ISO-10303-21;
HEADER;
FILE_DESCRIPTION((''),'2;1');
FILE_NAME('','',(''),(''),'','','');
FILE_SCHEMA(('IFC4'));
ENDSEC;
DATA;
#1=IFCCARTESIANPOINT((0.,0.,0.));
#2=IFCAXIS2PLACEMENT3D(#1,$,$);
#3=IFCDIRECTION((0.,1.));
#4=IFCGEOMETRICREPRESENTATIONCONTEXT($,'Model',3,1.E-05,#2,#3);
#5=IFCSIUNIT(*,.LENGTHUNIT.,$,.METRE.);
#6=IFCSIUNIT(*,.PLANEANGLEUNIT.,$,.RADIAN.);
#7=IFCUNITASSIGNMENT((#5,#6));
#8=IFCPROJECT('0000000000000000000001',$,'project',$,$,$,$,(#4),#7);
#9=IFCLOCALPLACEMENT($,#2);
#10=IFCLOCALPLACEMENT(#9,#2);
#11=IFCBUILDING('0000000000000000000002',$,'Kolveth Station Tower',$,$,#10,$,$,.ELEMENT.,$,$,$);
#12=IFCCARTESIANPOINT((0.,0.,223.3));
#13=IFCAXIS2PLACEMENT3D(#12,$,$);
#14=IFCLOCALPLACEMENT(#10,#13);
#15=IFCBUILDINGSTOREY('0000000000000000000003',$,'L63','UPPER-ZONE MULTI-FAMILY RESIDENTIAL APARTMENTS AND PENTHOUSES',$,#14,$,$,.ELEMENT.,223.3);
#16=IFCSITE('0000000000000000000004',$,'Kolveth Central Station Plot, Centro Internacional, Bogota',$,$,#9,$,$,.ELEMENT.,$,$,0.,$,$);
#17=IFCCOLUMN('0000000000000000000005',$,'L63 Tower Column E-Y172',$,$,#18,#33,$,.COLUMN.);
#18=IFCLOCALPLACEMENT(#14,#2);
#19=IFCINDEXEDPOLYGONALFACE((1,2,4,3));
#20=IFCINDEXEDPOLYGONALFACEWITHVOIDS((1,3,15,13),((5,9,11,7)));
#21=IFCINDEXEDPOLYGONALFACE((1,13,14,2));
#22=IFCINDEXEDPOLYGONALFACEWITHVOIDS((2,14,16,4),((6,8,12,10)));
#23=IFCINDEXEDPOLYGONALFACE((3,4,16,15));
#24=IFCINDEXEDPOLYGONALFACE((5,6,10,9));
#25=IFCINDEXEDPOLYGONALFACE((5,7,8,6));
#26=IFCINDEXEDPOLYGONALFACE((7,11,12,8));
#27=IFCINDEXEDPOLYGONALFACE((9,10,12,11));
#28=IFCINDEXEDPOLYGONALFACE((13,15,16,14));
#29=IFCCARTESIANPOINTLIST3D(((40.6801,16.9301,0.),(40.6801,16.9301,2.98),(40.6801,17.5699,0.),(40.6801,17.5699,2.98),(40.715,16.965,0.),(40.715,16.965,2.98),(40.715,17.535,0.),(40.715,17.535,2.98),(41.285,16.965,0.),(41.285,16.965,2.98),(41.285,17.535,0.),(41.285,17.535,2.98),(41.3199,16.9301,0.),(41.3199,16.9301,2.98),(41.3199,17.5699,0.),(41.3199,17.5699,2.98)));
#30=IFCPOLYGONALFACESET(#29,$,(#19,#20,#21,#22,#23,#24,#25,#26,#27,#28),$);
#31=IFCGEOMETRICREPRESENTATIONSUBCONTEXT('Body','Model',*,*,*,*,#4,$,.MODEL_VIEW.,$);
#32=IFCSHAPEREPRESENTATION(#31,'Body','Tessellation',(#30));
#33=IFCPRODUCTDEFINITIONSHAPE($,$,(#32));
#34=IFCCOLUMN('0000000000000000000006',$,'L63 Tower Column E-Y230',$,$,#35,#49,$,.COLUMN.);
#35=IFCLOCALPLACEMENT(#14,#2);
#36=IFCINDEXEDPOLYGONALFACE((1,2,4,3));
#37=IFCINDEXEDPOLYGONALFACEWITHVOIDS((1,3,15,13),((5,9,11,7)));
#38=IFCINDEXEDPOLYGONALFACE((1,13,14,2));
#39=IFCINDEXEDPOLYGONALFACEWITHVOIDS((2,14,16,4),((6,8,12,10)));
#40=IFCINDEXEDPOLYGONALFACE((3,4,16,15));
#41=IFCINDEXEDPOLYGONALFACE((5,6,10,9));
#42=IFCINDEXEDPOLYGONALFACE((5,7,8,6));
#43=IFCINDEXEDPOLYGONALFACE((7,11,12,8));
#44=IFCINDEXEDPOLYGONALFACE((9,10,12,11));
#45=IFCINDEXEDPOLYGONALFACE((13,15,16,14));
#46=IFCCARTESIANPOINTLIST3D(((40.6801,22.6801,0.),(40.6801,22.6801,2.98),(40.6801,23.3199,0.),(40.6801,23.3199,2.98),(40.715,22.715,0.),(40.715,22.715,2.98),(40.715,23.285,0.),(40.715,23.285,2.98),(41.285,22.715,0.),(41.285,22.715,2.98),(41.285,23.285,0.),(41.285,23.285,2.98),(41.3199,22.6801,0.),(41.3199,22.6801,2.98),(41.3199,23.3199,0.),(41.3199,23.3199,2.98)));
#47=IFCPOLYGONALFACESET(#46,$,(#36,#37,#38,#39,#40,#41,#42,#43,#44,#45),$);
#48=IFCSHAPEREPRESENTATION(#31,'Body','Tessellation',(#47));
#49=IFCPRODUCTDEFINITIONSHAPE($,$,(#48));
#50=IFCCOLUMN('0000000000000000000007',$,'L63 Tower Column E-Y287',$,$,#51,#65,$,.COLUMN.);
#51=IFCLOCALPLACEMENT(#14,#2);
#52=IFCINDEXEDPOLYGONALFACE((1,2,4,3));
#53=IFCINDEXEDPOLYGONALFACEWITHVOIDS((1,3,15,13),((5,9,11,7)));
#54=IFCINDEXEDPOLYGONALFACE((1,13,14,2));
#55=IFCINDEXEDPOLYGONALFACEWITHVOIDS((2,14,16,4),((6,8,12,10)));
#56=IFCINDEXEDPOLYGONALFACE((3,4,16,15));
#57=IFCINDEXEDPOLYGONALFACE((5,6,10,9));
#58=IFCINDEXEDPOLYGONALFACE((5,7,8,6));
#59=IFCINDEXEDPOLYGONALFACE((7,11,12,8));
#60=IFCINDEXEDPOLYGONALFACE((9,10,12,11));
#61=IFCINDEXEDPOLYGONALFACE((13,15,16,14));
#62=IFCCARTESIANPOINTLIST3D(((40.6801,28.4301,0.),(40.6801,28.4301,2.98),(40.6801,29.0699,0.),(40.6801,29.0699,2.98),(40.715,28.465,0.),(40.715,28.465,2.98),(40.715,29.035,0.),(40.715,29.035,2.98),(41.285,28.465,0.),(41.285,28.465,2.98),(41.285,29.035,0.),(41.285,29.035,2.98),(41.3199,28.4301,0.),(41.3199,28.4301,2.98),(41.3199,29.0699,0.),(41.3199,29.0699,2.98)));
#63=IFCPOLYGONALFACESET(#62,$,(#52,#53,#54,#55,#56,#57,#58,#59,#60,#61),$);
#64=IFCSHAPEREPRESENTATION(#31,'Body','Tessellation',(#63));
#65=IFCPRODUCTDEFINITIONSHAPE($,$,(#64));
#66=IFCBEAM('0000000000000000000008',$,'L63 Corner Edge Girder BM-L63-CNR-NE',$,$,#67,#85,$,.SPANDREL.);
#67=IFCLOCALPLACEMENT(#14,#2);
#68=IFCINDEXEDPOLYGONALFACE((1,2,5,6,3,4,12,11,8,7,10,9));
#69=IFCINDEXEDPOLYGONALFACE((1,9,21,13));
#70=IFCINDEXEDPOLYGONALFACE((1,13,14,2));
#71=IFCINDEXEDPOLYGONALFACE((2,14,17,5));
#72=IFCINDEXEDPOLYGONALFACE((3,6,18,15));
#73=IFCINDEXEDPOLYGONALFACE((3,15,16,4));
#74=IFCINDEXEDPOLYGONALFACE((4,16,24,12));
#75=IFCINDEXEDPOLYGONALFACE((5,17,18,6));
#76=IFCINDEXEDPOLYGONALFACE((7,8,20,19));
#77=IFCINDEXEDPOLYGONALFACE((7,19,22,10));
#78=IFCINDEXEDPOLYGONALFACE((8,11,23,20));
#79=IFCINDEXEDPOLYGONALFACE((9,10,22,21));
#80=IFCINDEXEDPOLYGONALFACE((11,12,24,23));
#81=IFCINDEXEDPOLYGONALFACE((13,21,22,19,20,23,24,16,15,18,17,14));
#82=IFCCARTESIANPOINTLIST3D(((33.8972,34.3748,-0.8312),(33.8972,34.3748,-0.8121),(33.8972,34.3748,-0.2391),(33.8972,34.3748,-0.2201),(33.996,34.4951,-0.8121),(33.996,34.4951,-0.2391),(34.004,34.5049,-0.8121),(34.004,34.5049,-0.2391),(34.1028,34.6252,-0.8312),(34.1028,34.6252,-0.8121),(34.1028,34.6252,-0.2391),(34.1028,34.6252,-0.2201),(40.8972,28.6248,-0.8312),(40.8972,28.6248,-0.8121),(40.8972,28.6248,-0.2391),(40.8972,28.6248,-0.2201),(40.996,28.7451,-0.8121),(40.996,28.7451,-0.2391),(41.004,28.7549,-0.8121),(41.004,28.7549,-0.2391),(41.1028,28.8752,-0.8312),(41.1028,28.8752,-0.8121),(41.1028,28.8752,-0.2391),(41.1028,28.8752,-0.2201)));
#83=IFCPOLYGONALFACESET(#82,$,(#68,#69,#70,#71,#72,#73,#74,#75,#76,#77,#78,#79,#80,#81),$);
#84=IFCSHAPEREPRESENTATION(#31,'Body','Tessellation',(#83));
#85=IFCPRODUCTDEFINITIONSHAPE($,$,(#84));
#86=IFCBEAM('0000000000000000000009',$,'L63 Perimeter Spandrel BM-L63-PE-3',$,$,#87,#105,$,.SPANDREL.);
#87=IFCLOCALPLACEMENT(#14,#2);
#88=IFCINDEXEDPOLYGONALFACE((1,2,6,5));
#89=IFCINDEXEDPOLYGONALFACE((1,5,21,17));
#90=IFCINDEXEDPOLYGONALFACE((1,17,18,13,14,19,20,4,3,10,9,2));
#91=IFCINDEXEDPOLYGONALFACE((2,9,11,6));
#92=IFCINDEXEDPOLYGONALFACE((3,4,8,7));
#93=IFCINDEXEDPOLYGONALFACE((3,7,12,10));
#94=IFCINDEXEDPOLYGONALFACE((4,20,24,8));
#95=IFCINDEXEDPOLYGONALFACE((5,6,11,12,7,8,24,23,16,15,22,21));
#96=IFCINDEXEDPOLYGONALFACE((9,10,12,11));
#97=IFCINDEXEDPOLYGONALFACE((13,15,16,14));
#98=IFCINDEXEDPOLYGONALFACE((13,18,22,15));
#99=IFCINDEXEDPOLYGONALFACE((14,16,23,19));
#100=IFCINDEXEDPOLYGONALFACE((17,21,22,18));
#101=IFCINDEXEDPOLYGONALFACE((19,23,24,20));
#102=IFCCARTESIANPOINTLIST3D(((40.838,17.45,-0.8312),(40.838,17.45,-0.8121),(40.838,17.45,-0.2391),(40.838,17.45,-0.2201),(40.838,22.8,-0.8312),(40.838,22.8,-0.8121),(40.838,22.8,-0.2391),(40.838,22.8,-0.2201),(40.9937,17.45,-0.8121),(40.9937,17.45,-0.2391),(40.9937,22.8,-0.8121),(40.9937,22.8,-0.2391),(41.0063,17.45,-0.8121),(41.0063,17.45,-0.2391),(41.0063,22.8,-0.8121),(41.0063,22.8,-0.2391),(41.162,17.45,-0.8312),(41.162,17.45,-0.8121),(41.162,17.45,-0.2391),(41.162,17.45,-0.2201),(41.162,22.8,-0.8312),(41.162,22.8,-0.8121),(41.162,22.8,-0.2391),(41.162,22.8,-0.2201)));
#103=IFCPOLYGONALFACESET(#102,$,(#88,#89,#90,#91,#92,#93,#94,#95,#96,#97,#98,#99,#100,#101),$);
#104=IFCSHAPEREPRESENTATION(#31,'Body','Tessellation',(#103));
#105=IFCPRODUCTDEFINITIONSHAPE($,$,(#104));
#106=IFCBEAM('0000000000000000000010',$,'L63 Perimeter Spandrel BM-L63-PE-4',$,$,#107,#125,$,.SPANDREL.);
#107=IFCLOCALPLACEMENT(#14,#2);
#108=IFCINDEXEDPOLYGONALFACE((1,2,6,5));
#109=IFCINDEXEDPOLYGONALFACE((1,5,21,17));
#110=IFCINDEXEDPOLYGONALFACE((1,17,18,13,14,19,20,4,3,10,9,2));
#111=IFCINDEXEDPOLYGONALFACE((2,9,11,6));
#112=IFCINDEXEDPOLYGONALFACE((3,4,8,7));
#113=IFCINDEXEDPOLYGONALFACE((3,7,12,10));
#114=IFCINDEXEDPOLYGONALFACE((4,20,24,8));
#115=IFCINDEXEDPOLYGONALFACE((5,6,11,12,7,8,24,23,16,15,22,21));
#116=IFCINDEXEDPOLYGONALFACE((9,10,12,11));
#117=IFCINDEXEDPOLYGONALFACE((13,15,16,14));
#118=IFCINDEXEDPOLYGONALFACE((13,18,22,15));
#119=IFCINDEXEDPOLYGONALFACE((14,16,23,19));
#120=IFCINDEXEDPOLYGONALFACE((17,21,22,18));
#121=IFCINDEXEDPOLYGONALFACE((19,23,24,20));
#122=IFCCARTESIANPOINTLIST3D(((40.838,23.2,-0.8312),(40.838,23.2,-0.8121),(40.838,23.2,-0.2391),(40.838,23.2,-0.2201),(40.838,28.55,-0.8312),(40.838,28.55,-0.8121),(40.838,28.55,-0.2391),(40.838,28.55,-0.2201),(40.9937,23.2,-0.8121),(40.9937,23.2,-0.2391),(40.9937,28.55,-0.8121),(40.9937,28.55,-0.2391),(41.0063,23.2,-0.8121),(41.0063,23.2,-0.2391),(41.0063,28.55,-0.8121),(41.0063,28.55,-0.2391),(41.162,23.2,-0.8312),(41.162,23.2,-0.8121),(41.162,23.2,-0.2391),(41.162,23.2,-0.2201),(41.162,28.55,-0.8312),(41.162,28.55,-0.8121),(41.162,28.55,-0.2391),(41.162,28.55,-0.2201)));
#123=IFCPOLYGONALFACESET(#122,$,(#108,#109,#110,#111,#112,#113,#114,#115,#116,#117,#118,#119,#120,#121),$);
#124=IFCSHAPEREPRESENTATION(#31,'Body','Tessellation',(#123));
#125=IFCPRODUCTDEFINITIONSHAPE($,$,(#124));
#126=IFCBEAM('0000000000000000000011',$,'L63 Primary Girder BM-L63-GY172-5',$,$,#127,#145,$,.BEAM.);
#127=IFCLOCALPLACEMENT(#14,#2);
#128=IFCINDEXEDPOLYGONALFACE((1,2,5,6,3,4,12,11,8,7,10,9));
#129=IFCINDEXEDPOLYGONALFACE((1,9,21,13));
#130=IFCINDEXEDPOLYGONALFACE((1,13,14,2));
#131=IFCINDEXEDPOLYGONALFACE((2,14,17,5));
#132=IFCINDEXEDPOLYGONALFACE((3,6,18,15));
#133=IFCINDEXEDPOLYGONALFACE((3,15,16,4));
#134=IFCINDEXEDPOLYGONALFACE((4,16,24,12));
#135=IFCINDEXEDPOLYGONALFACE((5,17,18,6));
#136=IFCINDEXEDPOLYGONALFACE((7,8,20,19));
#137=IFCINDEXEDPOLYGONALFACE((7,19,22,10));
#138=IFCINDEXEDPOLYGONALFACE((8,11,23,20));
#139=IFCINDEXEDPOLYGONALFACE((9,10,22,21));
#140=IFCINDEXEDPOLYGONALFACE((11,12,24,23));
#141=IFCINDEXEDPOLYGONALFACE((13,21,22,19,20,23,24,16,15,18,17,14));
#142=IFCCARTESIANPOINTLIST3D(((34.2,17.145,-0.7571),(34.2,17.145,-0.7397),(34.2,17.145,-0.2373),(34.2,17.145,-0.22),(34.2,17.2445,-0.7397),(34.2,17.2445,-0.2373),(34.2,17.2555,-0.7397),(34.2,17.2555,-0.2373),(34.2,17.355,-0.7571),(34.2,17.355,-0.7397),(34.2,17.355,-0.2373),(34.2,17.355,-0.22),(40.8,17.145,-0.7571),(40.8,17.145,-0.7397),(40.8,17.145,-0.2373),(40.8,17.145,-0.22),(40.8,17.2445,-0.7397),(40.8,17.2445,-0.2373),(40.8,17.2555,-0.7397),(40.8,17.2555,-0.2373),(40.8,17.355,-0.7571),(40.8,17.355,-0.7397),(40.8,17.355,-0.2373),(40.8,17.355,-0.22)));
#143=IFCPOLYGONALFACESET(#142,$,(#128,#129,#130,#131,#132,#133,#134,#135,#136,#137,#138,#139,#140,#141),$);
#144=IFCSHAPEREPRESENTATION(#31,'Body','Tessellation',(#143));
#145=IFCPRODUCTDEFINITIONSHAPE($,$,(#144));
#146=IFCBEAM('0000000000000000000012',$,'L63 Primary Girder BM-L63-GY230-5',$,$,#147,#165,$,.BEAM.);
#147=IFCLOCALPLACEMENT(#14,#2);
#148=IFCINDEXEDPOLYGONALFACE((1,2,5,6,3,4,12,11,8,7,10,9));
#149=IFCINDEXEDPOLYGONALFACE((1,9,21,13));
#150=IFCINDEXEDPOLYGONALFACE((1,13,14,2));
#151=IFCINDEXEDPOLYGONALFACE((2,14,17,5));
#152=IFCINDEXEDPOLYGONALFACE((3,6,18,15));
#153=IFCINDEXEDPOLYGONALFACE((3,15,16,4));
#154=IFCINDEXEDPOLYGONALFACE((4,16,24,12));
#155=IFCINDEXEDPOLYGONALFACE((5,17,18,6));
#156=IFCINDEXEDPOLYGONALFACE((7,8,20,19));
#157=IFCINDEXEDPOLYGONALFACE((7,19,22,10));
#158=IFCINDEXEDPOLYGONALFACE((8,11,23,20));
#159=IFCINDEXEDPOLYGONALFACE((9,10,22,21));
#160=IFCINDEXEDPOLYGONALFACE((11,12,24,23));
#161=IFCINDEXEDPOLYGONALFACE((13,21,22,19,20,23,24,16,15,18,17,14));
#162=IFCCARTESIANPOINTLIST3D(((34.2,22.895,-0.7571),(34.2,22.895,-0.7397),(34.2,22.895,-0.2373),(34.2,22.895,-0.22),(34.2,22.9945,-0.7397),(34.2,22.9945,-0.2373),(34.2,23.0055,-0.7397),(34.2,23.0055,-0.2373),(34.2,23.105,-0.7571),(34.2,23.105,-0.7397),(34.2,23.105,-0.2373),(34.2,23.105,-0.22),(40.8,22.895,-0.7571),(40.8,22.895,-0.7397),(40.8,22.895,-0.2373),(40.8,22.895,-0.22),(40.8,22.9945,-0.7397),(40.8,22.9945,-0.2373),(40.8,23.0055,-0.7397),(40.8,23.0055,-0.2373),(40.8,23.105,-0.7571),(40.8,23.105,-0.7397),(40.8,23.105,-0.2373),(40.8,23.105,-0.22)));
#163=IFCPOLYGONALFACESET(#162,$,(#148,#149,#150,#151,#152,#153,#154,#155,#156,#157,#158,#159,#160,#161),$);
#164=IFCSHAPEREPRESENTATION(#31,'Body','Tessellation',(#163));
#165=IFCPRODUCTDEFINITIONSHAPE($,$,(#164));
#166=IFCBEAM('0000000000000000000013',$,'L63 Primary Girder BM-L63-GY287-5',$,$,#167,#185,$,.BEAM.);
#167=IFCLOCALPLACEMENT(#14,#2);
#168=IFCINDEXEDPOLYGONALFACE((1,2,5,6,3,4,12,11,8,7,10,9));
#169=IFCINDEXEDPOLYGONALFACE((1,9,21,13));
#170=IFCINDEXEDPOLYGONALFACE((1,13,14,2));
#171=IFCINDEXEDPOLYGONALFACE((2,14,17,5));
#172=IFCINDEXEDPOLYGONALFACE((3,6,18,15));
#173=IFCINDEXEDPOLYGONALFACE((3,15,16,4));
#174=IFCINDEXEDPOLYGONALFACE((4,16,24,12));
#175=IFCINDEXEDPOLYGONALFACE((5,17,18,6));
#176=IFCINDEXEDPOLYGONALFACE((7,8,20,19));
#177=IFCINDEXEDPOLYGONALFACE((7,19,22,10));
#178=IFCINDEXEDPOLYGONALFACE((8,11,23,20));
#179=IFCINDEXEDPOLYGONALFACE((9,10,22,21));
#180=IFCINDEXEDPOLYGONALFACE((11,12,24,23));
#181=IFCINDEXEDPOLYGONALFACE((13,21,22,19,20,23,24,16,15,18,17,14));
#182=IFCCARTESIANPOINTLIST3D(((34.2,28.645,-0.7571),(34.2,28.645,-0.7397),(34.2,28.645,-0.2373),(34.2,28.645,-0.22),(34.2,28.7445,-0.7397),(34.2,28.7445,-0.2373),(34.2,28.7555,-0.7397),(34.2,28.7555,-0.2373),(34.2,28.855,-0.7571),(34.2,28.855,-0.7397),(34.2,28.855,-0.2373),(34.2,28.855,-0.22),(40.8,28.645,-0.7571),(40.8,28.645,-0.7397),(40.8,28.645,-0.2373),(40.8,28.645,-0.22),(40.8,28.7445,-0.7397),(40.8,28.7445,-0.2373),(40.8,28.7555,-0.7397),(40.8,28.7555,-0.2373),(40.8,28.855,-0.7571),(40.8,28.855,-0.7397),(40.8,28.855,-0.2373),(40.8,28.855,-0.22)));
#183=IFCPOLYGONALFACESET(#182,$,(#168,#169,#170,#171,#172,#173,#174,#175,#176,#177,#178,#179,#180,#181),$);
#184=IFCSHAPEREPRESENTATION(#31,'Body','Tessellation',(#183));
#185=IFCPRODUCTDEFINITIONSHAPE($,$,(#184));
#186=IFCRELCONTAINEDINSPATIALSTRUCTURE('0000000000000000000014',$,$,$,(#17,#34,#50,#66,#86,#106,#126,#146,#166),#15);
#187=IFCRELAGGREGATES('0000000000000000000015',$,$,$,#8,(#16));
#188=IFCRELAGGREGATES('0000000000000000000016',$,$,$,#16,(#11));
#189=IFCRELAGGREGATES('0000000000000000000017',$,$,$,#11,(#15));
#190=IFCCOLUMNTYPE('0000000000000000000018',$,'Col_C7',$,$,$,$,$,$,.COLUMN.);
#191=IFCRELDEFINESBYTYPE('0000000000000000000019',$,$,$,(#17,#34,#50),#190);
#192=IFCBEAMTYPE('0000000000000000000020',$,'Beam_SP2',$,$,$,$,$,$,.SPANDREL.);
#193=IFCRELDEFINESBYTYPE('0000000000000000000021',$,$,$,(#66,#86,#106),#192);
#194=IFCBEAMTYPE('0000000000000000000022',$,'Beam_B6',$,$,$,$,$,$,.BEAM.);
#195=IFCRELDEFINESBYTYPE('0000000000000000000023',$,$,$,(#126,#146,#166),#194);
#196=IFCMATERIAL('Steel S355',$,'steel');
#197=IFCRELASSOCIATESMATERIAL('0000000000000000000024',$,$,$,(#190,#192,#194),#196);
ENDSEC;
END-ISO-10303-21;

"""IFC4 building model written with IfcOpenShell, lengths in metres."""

from ifc_helpers import new_model, si_unit, direction, frame, origin, origin_2d, place, context, subcontext, project, spatial, hollow_rectangle, i_section, extrude, source, transform, mapped, material, material_profile, profile_set, type_object, element, save


model = new_model("IFC4")

# Units and contexts
model_context = context("Model", 3, precision=1e-05, world=origin(), true_north=direction((0.0, 1.0)))
body_context = subcontext(model_context, "Body", "Model", "MODEL_VIEW")
ifc_project = project(units=[si_unit("LENGTHUNIT", "METRE"), si_unit("PLANEANGLEUNIT", "RADIAN")], contexts=[model_context])

# Site, building, storey
site_placement = place(None, origin())
site = spatial("IfcSite", under=ifc_project, at=site_placement, Name="Kolveth Central Station Plot, Centro Internacional, Bogota", CompositionType="ELEMENT", RefElevation=0.0)
building_placement = place(site_placement, origin())
building = spatial("IfcBuilding", under=site, at=building_placement, Name="Kolveth Station Tower", CompositionType="ELEMENT")
storey_placement = place(building_placement, frame((0.0, 0.0, 223.3)))
storey = spatial("IfcBuildingStorey", under=building, at=storey_placement, Name="L63", Description="UPPER-ZONE MULTI-FAMILY RESIDENTIAL APARTMENTS AND PENTHOUSES", CompositionType="ELEMENT", Elevation=223.3)

# Columns
ifc_material_1 = material(Name="Steel S355", Category="steel")
ifc_material_profile_1 = material_profile(ifc_material_1, hollow_rectangle(XDim=0.6399, YDim=0.6399, WallThickness=0.0349, at=origin_2d()), Name="BOX640x640x35")
ifc_profile_set_1 = profile_set([ifc_material_profile_1], Name="Steel S355")
column_type = type_object("IfcColumnType", Name="Col_C7", PredefinedType="COLUMN", material=ifc_profile_set_1)
shared_shape_1 = source(origin(), body_context, "Body", "SweptSolid", [
    extrude(hollow_rectangle(XDim=0.6399, YDim=0.6399, WallThickness=0.0349, at=origin_2d()), origin(), (0.0, 0.0, 1.0), 2.98),
])
for number, where, z_axis, x_axis, name in (
    (1, (41.0, 17.25, 0.0), (0.0, 0.0, 1.0), (1.0, 0.0, 0.0), "L63 Tower Column E-Y172"),
    (2, (41.0, 23.0, 0.0), (0.0, 0.0, 1.0), (1.0, 0.0, 0.0), "L63 Tower Column E-Y230"),
    (3, (41.0, 28.75, 0.0), (0.0, 0.0, 1.0), (1.0, 0.0, 0.0), "L63 Tower Column E-Y287"),
):
    element("IfcColumn", number, at=place(storey_placement, frame(where, z_axis=z_axis, x_axis=x_axis)), inside=storey, type_object=column_type, Name=name, PredefinedType="COLUMN", context=body_context, shape_type="MappedRepresentation", body=[
        mapped(shared_shape_1, transform((0.0, 0.0, 0.0), x_axis=(1.0, 0.0, 0.0), y_axis=(0.0, 1.0, 0.0), z_axis=(0.0, 0.0, 1.0), scale=1.0)),
    ])

# Beams
ifc_material_profile_2 = material_profile(ifc_material_1, i_section(OverallWidth=0.324, OverallDepth=0.6111, WebThickness=0.0127, FlangeThickness=0.019, at=origin_2d()), Name="W610x155")
ifc_profile_set_2 = profile_set([ifc_material_profile_2], Name="Steel S355")
beam_type_1 = type_object("IfcBeamType", Name="Beam_SP2", PredefinedType="SPANDREL", material=ifc_profile_set_2)
shared_shape_2 = source(origin(), body_context, "Body", "SweptSolid", [
    extrude(i_section(OverallWidth=0.324, OverallDepth=0.6111, WebThickness=0.0127, FlangeThickness=0.019, at=origin_2d()), origin(), (0.0, 0.0, 1.0), 9.0588),
])
beam_1_placement = place(storey_placement, frame((41.0, 28.75, -0.5256), z_axis=(-0.772726, 0.634739, 0.0), x_axis=(-0.634739, -0.772726, 0.0)))
element("IfcBeam", 4, at=beam_1_placement, inside=storey, type_object=beam_type_1, Name="L63 Corner Edge Girder BM-L63-CNR-NE", PredefinedType="SPANDREL", context=body_context, shape_type="MappedRepresentation", body=[
    mapped(shared_shape_2, transform((0.0, 0.0, 0.0), x_axis=(1.0, 0.0, 0.0), y_axis=(0.0, 1.0, 0.0), z_axis=(0.0, 0.0, 1.0), scale=1.0)),
])
shared_shape_3 = source(origin(), body_context, "Body", "SweptSolid", [
    extrude(i_section(OverallWidth=0.324, OverallDepth=0.6111, WebThickness=0.0127, FlangeThickness=0.019, at=origin_2d()), origin(), (0.0, 0.0, 1.0), 5.3501),
])
for number, where, z_axis, x_axis, name in (
    (5, (41.0, 17.45, -0.5256), (0.0, 1.0, 0.0), (-1.0, 0.0, 0.0), "L63 Perimeter Spandrel BM-L63-PE-3"),
    (6, (41.0, 23.2, -0.5256), (0.0, 1.0, 0.0), (-1.0, 0.0, 0.0), "L63 Perimeter Spandrel BM-L63-PE-4"),
):
    element("IfcBeam", number, at=place(storey_placement, frame(where, z_axis=z_axis, x_axis=x_axis)), inside=storey, type_object=beam_type_1, Name=name, PredefinedType="SPANDREL", context=body_context, shape_type="MappedRepresentation", body=[
        mapped(shared_shape_3, transform((0.0, 0.0, 0.0), x_axis=(1.0, 0.0, 0.0), y_axis=(0.0, 1.0, 0.0), z_axis=(0.0, 0.0, 1.0), scale=1.0)),
    ])
ifc_material_profile_3 = material_profile(ifc_material_1, i_section(OverallWidth=0.21, OverallDepth=0.5371, WebThickness=0.011, FlangeThickness=0.0173, at=origin_2d()), Name="W530x101")
ifc_profile_set_3 = profile_set([ifc_material_profile_3], Name="Steel S355")
beam_type_2 = type_object("IfcBeamType", Name="Beam_B6", PredefinedType="BEAM", material=ifc_profile_set_3)
shared_shape_4 = source(origin(), body_context, "Body", "SweptSolid", [
    extrude(i_section(OverallWidth=0.21, OverallDepth=0.5371, WebThickness=0.011, FlangeThickness=0.0173, at=origin_2d()), origin(), (0.0, 0.0, 1.0), 6.6001),
])
for number, where, z_axis, x_axis, name in (
    (7, (34.2, 17.25, -0.4885), (1.0, 0.0, 0.0), (0.0, 1.0, 0.0), "L63 Primary Girder BM-L63-GY172-5"),
    (8, (34.2, 23.0, -0.4885), (1.0, 0.0, 0.0), (0.0, 1.0, 0.0), "L63 Primary Girder BM-L63-GY230-5"),
    (9, (34.2, 28.75, -0.4885), (1.0, 0.0, 0.0), (0.0, 1.0, 0.0), "L63 Primary Girder BM-L63-GY287-5"),
):
    element("IfcBeam", number, at=place(storey_placement, frame(where, z_axis=z_axis, x_axis=x_axis)), inside=storey, type_object=beam_type_2, Name=name, PredefinedType="BEAM", context=body_context, shape_type="MappedRepresentation", body=[
        mapped(shared_shape_4, transform((0.0, 0.0, 0.0), x_axis=(1.0, 0.0, 0.0), y_axis=(0.0, 1.0, 0.0), z_axis=(0.0, 0.0, 1.0), scale=1.0)),
    ])

save(model, "model.ifc")
